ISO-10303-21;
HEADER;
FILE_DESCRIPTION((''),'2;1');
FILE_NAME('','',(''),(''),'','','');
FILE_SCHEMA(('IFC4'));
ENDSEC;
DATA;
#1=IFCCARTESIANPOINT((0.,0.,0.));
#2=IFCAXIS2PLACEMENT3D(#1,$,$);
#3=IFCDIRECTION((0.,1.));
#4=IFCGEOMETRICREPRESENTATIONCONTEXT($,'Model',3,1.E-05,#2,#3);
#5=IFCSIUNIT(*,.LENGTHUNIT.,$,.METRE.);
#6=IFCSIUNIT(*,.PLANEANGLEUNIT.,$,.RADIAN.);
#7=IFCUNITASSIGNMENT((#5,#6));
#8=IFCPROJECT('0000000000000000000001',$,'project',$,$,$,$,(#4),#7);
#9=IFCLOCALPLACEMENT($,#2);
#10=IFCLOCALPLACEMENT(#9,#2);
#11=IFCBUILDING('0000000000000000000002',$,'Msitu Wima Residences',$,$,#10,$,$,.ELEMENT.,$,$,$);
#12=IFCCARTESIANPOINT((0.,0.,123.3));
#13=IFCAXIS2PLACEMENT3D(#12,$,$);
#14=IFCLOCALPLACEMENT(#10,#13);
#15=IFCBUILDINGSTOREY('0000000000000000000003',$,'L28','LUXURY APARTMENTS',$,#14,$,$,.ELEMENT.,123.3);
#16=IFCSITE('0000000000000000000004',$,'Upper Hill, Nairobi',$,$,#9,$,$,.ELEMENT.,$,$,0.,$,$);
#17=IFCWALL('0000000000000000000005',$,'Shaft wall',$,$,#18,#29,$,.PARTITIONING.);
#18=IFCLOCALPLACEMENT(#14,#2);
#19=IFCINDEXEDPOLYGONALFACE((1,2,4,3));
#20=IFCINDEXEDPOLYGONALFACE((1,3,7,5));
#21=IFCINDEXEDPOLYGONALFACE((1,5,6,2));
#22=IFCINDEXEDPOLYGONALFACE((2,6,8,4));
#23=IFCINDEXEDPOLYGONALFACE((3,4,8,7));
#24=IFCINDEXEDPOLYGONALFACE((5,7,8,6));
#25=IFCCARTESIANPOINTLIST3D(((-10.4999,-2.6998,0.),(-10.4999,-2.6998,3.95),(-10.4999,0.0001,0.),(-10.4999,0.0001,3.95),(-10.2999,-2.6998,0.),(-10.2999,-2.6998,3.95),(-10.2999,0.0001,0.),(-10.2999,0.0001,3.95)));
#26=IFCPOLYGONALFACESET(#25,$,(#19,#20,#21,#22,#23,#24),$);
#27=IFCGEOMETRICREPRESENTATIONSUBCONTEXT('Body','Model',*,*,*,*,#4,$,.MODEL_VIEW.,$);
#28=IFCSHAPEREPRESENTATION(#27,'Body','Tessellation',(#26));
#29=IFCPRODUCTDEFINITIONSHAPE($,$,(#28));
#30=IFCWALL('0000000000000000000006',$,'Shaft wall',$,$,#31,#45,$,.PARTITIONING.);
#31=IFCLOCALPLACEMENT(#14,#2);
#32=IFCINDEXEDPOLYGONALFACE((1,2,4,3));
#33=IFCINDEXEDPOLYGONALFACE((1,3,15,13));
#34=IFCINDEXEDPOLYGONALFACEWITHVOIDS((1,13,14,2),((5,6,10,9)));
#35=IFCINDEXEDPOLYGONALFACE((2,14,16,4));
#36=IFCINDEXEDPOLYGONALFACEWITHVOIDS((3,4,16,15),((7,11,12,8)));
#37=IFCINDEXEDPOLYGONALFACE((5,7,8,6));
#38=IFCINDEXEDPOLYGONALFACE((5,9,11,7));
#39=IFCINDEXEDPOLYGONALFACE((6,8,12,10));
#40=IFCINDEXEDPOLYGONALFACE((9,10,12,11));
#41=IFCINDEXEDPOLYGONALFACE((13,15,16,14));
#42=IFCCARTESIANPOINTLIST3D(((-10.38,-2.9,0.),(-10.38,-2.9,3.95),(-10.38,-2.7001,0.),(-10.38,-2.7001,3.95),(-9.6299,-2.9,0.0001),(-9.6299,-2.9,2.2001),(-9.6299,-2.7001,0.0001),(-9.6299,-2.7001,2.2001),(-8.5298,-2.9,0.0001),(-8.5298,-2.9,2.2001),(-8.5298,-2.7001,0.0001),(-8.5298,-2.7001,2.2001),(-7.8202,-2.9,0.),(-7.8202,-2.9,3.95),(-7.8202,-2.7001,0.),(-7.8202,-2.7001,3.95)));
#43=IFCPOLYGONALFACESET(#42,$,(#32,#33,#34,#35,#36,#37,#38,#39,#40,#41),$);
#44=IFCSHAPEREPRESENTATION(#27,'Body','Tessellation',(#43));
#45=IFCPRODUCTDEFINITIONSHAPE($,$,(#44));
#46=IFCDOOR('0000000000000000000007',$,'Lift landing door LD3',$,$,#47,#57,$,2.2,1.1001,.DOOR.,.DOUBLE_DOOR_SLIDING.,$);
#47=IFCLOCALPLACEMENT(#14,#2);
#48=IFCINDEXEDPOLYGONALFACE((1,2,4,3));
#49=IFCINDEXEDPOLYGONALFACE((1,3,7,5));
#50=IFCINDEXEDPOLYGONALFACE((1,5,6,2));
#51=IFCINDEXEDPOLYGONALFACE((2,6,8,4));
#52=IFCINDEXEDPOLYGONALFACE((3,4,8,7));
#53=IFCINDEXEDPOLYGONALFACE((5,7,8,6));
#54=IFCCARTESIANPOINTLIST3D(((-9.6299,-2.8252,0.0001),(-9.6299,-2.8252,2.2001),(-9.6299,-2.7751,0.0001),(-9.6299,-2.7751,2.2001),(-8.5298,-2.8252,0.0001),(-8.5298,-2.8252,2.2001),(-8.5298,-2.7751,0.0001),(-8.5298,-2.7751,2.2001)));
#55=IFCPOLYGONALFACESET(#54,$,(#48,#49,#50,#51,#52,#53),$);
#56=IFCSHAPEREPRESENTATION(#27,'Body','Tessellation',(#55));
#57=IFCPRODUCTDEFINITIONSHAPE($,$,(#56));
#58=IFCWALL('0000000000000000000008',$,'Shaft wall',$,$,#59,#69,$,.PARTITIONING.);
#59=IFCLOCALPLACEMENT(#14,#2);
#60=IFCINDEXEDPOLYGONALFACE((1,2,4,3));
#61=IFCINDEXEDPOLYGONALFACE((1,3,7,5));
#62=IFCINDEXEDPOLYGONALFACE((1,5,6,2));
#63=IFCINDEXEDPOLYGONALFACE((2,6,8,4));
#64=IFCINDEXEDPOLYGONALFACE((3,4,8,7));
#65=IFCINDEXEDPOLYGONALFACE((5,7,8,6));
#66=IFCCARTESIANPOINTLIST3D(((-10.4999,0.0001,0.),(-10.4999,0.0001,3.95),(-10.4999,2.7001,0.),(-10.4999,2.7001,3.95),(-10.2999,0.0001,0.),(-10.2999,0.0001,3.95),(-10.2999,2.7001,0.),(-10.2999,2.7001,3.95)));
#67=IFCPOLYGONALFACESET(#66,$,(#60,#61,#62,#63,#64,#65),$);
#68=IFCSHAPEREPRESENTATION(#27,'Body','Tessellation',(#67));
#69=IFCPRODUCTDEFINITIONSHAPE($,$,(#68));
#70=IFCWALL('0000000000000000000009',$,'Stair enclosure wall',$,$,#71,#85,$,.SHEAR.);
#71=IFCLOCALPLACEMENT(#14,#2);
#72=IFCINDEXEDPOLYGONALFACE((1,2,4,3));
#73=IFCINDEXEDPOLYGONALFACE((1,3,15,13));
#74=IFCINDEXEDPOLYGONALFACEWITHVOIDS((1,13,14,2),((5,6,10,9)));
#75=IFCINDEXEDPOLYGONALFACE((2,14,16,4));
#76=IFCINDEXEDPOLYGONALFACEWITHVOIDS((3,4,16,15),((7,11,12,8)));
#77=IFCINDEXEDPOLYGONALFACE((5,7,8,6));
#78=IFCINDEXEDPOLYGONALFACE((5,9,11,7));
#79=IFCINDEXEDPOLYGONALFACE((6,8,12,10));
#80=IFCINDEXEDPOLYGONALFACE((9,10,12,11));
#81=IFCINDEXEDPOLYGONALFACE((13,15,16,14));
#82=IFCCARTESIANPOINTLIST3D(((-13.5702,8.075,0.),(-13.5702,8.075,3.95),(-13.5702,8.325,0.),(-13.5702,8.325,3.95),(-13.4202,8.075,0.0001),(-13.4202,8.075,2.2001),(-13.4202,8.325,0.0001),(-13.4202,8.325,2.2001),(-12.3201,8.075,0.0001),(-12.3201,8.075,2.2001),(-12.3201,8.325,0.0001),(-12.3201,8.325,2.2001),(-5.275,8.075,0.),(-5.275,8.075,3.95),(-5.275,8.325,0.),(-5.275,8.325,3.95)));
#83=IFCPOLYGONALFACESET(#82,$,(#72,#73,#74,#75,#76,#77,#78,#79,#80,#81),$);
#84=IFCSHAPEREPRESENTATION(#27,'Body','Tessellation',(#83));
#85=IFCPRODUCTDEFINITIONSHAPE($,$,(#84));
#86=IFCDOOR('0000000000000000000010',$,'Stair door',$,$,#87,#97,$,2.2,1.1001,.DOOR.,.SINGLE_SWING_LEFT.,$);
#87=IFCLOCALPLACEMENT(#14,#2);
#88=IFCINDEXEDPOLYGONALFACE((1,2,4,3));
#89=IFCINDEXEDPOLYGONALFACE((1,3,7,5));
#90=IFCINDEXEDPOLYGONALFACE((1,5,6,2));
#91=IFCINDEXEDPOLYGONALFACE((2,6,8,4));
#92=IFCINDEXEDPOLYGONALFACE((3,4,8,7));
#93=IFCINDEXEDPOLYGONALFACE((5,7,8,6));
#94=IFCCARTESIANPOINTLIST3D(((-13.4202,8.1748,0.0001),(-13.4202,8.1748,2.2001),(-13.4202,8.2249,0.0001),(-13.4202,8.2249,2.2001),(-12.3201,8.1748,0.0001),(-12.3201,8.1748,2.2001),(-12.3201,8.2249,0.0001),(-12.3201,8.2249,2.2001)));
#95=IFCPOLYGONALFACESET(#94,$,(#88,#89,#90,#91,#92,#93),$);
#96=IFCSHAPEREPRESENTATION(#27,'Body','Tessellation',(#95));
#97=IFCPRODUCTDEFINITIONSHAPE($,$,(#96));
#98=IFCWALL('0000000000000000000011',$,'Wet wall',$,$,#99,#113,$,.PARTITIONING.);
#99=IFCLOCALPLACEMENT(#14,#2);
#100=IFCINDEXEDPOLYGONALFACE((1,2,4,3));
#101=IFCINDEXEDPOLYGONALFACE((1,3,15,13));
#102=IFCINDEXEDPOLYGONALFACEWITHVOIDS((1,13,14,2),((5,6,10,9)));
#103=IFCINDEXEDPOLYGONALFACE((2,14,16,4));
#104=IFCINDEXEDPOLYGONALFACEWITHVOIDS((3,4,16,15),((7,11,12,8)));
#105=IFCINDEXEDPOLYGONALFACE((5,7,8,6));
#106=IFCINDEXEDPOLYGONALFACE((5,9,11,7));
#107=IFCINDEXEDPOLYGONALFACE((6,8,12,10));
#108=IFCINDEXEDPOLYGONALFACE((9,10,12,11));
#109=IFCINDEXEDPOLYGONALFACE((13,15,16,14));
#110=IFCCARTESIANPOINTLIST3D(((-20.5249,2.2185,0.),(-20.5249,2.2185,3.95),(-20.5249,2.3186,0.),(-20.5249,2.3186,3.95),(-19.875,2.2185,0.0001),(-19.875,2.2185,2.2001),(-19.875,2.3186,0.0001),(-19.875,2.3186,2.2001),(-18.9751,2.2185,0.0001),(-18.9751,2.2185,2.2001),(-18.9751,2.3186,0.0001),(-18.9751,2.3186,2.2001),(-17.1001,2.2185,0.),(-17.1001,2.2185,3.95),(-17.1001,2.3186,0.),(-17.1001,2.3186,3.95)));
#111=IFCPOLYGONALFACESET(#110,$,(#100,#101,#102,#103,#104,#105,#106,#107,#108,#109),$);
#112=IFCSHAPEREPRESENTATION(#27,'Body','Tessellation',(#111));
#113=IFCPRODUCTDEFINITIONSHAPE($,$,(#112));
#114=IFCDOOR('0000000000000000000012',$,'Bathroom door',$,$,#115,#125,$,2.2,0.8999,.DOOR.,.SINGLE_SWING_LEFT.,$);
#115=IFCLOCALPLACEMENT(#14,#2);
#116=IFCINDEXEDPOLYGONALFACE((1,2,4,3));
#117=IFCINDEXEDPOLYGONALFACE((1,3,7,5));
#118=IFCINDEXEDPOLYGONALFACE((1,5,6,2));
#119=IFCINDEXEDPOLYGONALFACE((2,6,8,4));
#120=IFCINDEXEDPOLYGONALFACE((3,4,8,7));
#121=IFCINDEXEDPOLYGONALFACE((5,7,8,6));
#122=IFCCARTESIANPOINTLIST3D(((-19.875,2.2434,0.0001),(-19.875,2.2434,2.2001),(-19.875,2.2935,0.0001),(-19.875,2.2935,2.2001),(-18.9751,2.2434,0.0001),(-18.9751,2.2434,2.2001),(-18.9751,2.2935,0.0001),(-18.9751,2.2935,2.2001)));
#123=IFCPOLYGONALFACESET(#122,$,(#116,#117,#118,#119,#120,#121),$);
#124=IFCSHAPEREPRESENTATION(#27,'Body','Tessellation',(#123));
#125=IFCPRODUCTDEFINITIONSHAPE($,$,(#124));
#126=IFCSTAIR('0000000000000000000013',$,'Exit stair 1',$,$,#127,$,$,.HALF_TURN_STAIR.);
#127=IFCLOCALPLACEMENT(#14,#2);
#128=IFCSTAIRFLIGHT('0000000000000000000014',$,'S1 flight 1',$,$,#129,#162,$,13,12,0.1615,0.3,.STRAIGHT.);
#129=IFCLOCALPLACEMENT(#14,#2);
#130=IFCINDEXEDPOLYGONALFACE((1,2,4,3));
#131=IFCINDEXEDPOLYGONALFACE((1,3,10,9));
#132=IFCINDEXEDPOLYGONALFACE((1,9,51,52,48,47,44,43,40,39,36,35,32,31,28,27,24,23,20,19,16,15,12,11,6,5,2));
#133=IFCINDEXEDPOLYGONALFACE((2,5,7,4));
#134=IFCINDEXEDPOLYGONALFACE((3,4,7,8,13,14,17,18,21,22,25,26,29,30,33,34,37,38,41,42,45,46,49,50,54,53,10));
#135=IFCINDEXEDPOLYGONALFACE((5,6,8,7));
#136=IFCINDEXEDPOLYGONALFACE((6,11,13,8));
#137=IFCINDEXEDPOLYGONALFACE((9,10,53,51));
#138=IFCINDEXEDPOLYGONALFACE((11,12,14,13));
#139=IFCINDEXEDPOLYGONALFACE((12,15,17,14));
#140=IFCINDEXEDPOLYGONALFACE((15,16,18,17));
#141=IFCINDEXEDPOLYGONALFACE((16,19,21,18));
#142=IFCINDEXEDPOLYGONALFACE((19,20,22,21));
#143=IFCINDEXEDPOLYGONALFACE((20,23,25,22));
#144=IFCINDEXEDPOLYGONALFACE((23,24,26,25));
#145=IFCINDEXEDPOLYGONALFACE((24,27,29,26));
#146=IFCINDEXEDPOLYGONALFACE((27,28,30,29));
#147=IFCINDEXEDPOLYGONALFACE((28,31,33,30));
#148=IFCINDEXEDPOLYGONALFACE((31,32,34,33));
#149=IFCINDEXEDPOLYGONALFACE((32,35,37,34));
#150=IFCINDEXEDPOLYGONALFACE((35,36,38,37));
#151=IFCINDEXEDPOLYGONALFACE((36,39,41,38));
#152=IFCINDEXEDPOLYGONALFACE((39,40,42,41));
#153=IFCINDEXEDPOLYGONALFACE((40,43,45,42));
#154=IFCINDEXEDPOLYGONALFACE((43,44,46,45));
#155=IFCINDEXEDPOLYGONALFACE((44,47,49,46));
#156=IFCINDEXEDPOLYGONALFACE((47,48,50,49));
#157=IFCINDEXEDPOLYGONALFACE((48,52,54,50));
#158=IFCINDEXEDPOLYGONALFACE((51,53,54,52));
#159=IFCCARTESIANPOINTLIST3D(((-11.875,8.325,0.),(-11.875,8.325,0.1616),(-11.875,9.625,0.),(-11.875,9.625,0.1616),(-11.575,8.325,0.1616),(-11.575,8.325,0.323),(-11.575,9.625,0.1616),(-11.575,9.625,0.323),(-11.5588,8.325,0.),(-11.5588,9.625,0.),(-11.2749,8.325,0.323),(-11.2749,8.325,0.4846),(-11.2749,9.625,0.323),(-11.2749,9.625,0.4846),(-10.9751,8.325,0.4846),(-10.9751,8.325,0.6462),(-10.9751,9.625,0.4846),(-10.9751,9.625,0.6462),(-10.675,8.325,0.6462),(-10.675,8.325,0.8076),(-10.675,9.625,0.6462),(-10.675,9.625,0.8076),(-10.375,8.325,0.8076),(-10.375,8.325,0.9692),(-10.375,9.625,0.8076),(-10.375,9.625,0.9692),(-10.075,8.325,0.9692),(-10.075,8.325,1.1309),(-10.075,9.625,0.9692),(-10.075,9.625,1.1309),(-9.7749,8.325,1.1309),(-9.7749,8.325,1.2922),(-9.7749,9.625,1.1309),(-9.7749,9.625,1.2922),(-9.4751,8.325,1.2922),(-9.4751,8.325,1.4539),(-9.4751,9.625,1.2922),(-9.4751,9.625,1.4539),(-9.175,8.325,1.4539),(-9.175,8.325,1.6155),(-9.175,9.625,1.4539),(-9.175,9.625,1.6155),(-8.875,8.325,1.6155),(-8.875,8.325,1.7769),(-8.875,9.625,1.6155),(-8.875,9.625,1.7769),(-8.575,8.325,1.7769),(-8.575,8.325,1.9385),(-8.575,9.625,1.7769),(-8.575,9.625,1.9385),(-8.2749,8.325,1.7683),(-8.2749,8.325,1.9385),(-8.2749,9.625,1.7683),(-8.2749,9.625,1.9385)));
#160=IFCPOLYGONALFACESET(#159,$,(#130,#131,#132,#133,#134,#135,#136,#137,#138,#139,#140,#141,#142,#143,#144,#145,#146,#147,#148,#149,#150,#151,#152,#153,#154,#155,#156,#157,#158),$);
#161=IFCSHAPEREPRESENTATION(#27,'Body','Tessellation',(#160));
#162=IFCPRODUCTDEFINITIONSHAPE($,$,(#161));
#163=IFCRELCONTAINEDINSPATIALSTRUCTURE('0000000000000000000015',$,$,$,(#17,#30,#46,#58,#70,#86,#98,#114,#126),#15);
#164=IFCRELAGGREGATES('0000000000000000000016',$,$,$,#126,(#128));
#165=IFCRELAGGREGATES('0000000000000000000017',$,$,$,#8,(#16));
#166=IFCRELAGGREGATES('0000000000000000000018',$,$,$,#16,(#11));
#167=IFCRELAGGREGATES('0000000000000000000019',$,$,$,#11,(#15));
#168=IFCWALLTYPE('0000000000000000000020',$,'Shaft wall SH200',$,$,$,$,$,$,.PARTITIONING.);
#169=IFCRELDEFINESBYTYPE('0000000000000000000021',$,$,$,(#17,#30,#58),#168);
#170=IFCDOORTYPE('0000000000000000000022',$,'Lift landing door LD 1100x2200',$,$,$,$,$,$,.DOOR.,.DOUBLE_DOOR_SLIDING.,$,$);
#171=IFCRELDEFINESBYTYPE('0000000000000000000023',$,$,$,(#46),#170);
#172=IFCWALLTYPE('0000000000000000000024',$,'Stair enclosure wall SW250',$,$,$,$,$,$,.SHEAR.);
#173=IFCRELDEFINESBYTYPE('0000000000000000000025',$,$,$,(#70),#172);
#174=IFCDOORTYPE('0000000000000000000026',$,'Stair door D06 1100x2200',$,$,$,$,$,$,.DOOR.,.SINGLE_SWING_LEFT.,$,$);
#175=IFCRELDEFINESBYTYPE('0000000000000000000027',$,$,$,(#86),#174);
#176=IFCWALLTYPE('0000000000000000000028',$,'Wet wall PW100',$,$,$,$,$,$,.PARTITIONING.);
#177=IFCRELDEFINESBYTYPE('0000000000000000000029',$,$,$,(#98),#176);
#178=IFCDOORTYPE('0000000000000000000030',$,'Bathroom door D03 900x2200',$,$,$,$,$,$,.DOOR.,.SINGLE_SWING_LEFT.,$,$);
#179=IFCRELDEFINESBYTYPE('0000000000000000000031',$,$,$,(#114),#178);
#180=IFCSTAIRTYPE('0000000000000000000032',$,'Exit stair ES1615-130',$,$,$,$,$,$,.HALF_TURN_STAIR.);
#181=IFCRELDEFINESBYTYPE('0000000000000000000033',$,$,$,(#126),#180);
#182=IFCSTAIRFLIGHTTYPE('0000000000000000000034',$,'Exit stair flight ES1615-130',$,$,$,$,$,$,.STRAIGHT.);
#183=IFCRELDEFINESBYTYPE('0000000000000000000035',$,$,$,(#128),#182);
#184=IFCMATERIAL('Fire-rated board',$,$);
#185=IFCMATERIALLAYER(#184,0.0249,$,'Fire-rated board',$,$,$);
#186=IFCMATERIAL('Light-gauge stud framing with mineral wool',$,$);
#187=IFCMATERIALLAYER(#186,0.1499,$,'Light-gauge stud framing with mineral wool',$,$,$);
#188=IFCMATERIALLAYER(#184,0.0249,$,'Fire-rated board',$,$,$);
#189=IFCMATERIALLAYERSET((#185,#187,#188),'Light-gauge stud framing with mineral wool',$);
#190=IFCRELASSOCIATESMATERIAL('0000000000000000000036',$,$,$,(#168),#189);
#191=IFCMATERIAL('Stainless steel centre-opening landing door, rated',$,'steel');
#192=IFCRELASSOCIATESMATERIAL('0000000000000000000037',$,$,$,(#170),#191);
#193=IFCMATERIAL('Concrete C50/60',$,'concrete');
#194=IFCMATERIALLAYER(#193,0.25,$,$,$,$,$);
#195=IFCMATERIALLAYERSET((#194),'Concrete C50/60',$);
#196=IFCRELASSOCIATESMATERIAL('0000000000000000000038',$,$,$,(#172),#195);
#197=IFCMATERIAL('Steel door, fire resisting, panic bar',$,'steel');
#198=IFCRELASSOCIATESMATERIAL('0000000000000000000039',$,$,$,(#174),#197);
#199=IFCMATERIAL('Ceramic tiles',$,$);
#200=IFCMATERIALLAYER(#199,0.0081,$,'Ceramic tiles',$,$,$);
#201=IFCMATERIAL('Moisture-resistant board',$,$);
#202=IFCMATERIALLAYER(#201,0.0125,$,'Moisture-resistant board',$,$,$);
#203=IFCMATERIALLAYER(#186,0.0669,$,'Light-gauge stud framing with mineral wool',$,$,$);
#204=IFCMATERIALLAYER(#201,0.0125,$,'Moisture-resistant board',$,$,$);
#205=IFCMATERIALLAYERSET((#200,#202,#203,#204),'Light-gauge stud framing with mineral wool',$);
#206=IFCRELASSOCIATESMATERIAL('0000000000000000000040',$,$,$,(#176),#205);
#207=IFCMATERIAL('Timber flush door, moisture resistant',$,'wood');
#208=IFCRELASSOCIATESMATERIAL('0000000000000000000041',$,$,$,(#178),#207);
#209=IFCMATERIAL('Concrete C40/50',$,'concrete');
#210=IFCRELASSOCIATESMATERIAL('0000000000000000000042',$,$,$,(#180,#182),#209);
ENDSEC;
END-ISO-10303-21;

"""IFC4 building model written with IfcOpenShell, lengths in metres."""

from ifc_helpers import new_model, si_unit, direction, frame, frame_2d, origin, place, context, subcontext, project, spatial, polyline, rectangle, outline, extrude, material, layer, layer_set, type_object, element, fill, aggregate, save


model = new_model("IFC4")

# Units and contexts
model_context = context("Model", 3, precision=1e-05, world=origin(), true_north=direction((0.0, 1.0)))
body_context = subcontext(model_context, "Body", "Model", "MODEL_VIEW")
ifc_project = project(units=[si_unit("LENGTHUNIT", "METRE"), si_unit("PLANEANGLEUNIT", "RADIAN")], contexts=[model_context])

# Site, building, storey
site_placement = place(None, origin())
site = spatial("IfcSite", under=ifc_project, at=site_placement, Name="Upper Hill, Nairobi", CompositionType="ELEMENT", RefElevation=0.0)
building_placement = place(site_placement, origin())
building = spatial("IfcBuilding", under=site, at=building_placement, Name="Msitu Wima Residences", CompositionType="ELEMENT")
storey_placement = place(building_placement, frame((0.0, 0.0, 123.3)))
storey = spatial("IfcBuildingStorey", under=building, at=storey_placement, Name="L28", Description="LUXURY APARTMENTS", CompositionType="ELEMENT", Elevation=123.3)

# Shared definitions
ifc_material_1 = material(Name="Fire-rated board")
ifc_layer_1 = layer(ifc_material_1, 0.0249, Name="Fire-rated board")
ifc_material_2 = material(Name="Light-gauge stud framing with mineral wool")
ifc_layer_2 = layer(ifc_material_2, 0.1499, Name="Light-gauge stud framing with mineral wool")
ifc_layer_3 = layer(ifc_material_1, 0.0249, Name="Fire-rated board")
ifc_layer_set_1 = layer_set([ifc_layer_1, ifc_layer_2, ifc_layer_3], Name="Light-gauge stud framing with mineral wool")
wall_type_1 = type_object("IfcWallType", Name="Shaft wall SH200", PredefinedType="PARTITIONING", material=ifc_layer_set_1)

# Shared definitions
ifc_material_3 = material(Name="Stainless steel centre-opening landing door, rated", Category="steel")
door_type_1 = type_object("IfcDoorType", Name="Lift landing door LD 1100x2200", OperationType="DOUBLE_DOOR_SLIDING", PredefinedType="DOOR", material=ifc_material_3)

# Wall
wall_1_placement = place(storey_placement, frame((-10.3999, -2.7, 0.0), z_axis=(0.0, 0.0, 1.0), x_axis=(0.0, 1.0, 0.0)))
element("IfcWall", 1, at=wall_1_placement, inside=storey, type_object=wall_type_1, Name="Shaft wall", PredefinedType="PARTITIONING", context=body_context, shape_type="SweptSolid", body=[
    extrude(rectangle(XDim=2.7, YDim=0.2, at=frame_2d((1.3501, 0.0))), origin(), (0.0, 0.0, 1.0), 3.95),
])

# Wall, opening, door
wall_2_placement = place(storey_placement, frame((-10.3799, -2.8, 0.0), z_axis=(0.0, 0.0, 1.0), x_axis=(1.0, 0.0, 0.0)))
wall_2 = element("IfcWall", 2, at=wall_2_placement, inside=storey, type_object=wall_type_1, Name="Shaft wall", PredefinedType="PARTITIONING", context=body_context, shape_type="SweptSolid", body=[
    extrude(rectangle(XDim=2.5598, YDim=0.2, at=frame_2d((1.2798, 0.0))), origin(), (0.0, 0.0, 1.0), 3.95),
])
opening_1_placement = place(wall_2_placement, frame((0.75, 0.0, 0.0)))
opening_1 = element("IfcOpeningElement", 3, at=opening_1_placement, cuts=wall_2, PredefinedType="OPENING", context=body_context, shape_type="SweptSolid", body=[
    extrude(rectangle(XDim=1.1001, YDim=2.2, at=frame_2d((0.55, 1.1001))), frame((0.0, 0.1099, 0.0), z_axis=(0.0, -1.0, 0.0), x_axis=(1.0, 0.0, 0.0)), (0.0, 0.0, 1.0), 0.22),
])
door_1_placement = place(opening_1_placement, origin())
door_1 = element("IfcDoor", 4, at=door_1_placement, inside=storey, type_object=door_type_1, Name="Lift landing door LD3", OperationType="DOUBLE_DOOR_SLIDING", OverallHeight=2.2, OverallWidth=1.1001, PredefinedType="DOOR", context=body_context, shape_type="SweptSolid", body=[
    extrude(rectangle(XDim=1.1001, YDim=2.2, at=frame_2d((0.55, 1.1001))), frame((0.0, 0.0249, 0.0), z_axis=(0.0, -1.0, 0.0), x_axis=(1.0, 0.0, 0.0)), (0.0, 0.0, 1.0), 0.05),
])
fill(opening_1, door_1)

# Wall
wall_3_placement = place(storey_placement, frame((-10.3999, 0.0, 0.0), z_axis=(0.0, 0.0, 1.0), x_axis=(0.0, 1.0, 0.0)))
element("IfcWall", 5, at=wall_3_placement, inside=storey, type_object=wall_type_1, Name="Shaft wall", PredefinedType="PARTITIONING", context=body_context, shape_type="SweptSolid", body=[
    extrude(rectangle(XDim=2.7, YDim=0.2, at=frame_2d((1.3501, 0.0))), origin(), (0.0, 0.0, 1.0), 3.95),
])

# Walls, openings, doors
ifc_material_4 = material(Name="Concrete C50/60", Category="concrete")
ifc_layer_4 = layer(ifc_material_4, 0.25)
ifc_layer_set_2 = layer_set([ifc_layer_4], Name="Concrete C50/60")
wall_type_2 = type_object("IfcWallType", Name="Stair enclosure wall SW250", PredefinedType="SHEAR", material=ifc_layer_set_2)
wall_4_placement = place(storey_placement, frame((-13.5701, 8.2, 0.0), z_axis=(0.0, 0.0, 1.0), x_axis=(1.0, 0.0, 0.0)))
wall_4 = element("IfcWall", 6, at=wall_4_placement, inside=storey, type_object=wall_type_2, Name="Stair enclosure wall", PredefinedType="SHEAR", context=body_context, shape_type="SweptSolid", body=[
    extrude(rectangle(XDim=8.2952, YDim=0.25, at=frame_2d((4.1475, 0.0))), origin(), (0.0, 0.0, 1.0), 3.95),
])
opening_2_placement = place(wall_4_placement, frame((0.1499, 0.0, 0.0)))
opening_2 = element("IfcOpeningElement", 7, at=opening_2_placement, cuts=wall_4, PredefinedType="OPENING", context=body_context, shape_type="SweptSolid", body=[
    extrude(rectangle(XDim=1.1001, YDim=2.2, at=frame_2d((0.55, 1.1001))), frame((0.0, 0.135, 0.0), z_axis=(0.0, -1.0, 0.0), x_axis=(1.0, 0.0, 0.0)), (0.0, 0.0, 1.0), 0.27),
])
ifc_material_5 = material(Name="Steel door, fire resisting, panic bar", Category="steel")
door_type_2 = type_object("IfcDoorType", Name="Stair door D06 1100x2200", OperationType="SINGLE_SWING_LEFT", PredefinedType="DOOR", material=ifc_material_5)
door_2_placement = place(opening_2_placement, origin())
door_2 = element("IfcDoor", 8, at=door_2_placement, inside=storey, type_object=door_type_2, Name="Stair door", OperationType="SINGLE_SWING_LEFT", OverallHeight=2.2, OverallWidth=1.1001, PredefinedType="DOOR", context=body_context, shape_type="SweptSolid", body=[
    extrude(rectangle(XDim=1.1001, YDim=2.2, at=frame_2d((0.55, 1.1001))), frame((0.0, 0.0249, 0.0), z_axis=(0.0, -1.0, 0.0), x_axis=(1.0, 0.0, 0.0)), (0.0, 0.0, 1.0), 0.05),
])
fill(opening_2, door_2)
ifc_material_6 = material(Name="Ceramic tiles")
ifc_layer_5 = layer(ifc_material_6, 0.0081, Name="Ceramic tiles")
ifc_material_7 = material(Name="Moisture-resistant board")
ifc_layer_6 = layer(ifc_material_7, 0.0125, Name="Moisture-resistant board")
ifc_layer_7 = layer(ifc_material_2, 0.0669, Name="Light-gauge stud framing with mineral wool")
ifc_layer_8 = layer(ifc_material_7, 0.0125, Name="Moisture-resistant board")
ifc_layer_set_3 = layer_set([ifc_layer_5, ifc_layer_6, ifc_layer_7, ifc_layer_8], Name="Light-gauge stud framing with mineral wool")
wall_type_3 = type_object("IfcWallType", Name="Wet wall PW100", PredefinedType="PARTITIONING", material=ifc_layer_set_3)
wall_5_placement = place(storey_placement, frame((-20.5249, 2.2686, 0.0), z_axis=(0.0, 0.0, 1.0), x_axis=(1.0, 0.0, 0.0)))
wall_5 = element("IfcWall", 9, at=wall_5_placement, inside=storey, type_object=wall_type_3, Name="Wet wall", PredefinedType="PARTITIONING", context=body_context, shape_type="SweptSolid", body=[
    extrude(rectangle(XDim=3.4248, YDim=0.1001, at=frame_2d((1.7124, 0.0))), origin(), (0.0, 0.0, 1.0), 3.95),
])
opening_3_placement = place(wall_5_placement, frame((0.6499, 0.0, 0.0)))
opening_3 = element("IfcOpeningElement", 10, at=opening_3_placement, cuts=wall_5, PredefinedType="OPENING", context=body_context, shape_type="SweptSolid", body=[
    extrude(rectangle(XDim=0.8999, YDim=2.2, at=frame_2d((0.45, 1.1001))), frame((0.0, 0.0601, 0.0), z_axis=(0.0, -1.0, 0.0), x_axis=(1.0, 0.0, 0.0)), (0.0, 0.0, 1.0), 0.1201),
])
ifc_material_8 = material(Name="Timber flush door, moisture resistant", Category="wood")
door_type_3 = type_object("IfcDoorType", Name="Bathroom door D03 900x2200", OperationType="SINGLE_SWING_LEFT", PredefinedType="DOOR", material=ifc_material_8)
door_3_placement = place(opening_3_placement, origin())
door_3 = element("IfcDoor", 11, at=door_3_placement, inside=storey, type_object=door_type_3, Name="Bathroom door", OperationType="SINGLE_SWING_LEFT", OverallHeight=2.2, OverallWidth=0.8999, PredefinedType="DOOR", context=body_context, shape_type="SweptSolid", body=[
    extrude(rectangle(XDim=0.8999, YDim=2.2, at=frame_2d((0.45, 1.1001))), frame((0.0, 0.0249, 0.0), z_axis=(0.0, -1.0, 0.0), x_axis=(1.0, 0.0, 0.0)), (0.0, 0.0, 1.0), 0.05),
])
fill(opening_3, door_3)

# Stair, stair flight
ifc_material_9 = material(Name="Concrete C40/50", Category="concrete")
stair_type = type_object("IfcStairType", Name="Exit stair ES1615-130", PredefinedType="HALF_TURN_STAIR", material=ifc_material_9)
stair_placement = place(storey_placement, origin())
stair = element("IfcStair", 12, at=stair_placement, inside=storey, type_object=stair_type, Name="Exit stair 1", PredefinedType="HALF_TURN_STAIR")
stair_flight_type = type_object("IfcStairFlightType", Name="Exit stair flight ES1615-130", PredefinedType="STRAIGHT", material=ifc_material_9)
stair_flight_placement = place(storey_placement, frame((-11.875, 8.9751, 0.0), z_axis=(0.0, 0.0, 1.0), x_axis=(1.0, 0.0, 0.0)))
stair_flight = element("IfcStairFlight", 13, at=stair_flight_placement, type_object=stair_flight_type, Name="S1 flight 1", NumberOfRisers=13, NumberOfTreads=12, PredefinedType="STRAIGHT", RiserHeight=0.1615, TreadLength=0.3, context=body_context, shape_type="SweptSolid", body=[
    extrude(outline(polyline([(0.0, 0.0), (0.0, 0.1616), (0.3, 0.1616), (0.3, 0.323), (0.6001, 0.323), (0.6001, 0.4846), (0.8999, 0.4846), (0.8999, 0.6462), (1.2, 0.6462), (1.2, 0.8076), (1.5, 0.8076), (1.5, 0.9692), (1.8, 0.9692), (1.8, 1.1309), (2.1001, 1.1309), (2.1001, 1.2922), (2.3999, 1.2922), (2.3999, 1.4539), (2.7, 1.4539), (2.7, 1.6155), (3.0, 1.6155), (3.0, 1.7769), (3.3, 1.7769), (3.3, 1.9385), (3.6001, 1.9385), (3.6001, 2.1001), (3.6001, 1.7683), (0.3162, 0.0), (0.0, 0.0)])), frame((0.0, 0.6499, 0.0), z_axis=(0.0, -1.0, 0.0), x_axis=(1.0, 0.0, 0.0)), (0.0, 0.0, 1.0), 1.3),
])
aggregate(stair, [stair_flight])

save(model, "model.ifc")
